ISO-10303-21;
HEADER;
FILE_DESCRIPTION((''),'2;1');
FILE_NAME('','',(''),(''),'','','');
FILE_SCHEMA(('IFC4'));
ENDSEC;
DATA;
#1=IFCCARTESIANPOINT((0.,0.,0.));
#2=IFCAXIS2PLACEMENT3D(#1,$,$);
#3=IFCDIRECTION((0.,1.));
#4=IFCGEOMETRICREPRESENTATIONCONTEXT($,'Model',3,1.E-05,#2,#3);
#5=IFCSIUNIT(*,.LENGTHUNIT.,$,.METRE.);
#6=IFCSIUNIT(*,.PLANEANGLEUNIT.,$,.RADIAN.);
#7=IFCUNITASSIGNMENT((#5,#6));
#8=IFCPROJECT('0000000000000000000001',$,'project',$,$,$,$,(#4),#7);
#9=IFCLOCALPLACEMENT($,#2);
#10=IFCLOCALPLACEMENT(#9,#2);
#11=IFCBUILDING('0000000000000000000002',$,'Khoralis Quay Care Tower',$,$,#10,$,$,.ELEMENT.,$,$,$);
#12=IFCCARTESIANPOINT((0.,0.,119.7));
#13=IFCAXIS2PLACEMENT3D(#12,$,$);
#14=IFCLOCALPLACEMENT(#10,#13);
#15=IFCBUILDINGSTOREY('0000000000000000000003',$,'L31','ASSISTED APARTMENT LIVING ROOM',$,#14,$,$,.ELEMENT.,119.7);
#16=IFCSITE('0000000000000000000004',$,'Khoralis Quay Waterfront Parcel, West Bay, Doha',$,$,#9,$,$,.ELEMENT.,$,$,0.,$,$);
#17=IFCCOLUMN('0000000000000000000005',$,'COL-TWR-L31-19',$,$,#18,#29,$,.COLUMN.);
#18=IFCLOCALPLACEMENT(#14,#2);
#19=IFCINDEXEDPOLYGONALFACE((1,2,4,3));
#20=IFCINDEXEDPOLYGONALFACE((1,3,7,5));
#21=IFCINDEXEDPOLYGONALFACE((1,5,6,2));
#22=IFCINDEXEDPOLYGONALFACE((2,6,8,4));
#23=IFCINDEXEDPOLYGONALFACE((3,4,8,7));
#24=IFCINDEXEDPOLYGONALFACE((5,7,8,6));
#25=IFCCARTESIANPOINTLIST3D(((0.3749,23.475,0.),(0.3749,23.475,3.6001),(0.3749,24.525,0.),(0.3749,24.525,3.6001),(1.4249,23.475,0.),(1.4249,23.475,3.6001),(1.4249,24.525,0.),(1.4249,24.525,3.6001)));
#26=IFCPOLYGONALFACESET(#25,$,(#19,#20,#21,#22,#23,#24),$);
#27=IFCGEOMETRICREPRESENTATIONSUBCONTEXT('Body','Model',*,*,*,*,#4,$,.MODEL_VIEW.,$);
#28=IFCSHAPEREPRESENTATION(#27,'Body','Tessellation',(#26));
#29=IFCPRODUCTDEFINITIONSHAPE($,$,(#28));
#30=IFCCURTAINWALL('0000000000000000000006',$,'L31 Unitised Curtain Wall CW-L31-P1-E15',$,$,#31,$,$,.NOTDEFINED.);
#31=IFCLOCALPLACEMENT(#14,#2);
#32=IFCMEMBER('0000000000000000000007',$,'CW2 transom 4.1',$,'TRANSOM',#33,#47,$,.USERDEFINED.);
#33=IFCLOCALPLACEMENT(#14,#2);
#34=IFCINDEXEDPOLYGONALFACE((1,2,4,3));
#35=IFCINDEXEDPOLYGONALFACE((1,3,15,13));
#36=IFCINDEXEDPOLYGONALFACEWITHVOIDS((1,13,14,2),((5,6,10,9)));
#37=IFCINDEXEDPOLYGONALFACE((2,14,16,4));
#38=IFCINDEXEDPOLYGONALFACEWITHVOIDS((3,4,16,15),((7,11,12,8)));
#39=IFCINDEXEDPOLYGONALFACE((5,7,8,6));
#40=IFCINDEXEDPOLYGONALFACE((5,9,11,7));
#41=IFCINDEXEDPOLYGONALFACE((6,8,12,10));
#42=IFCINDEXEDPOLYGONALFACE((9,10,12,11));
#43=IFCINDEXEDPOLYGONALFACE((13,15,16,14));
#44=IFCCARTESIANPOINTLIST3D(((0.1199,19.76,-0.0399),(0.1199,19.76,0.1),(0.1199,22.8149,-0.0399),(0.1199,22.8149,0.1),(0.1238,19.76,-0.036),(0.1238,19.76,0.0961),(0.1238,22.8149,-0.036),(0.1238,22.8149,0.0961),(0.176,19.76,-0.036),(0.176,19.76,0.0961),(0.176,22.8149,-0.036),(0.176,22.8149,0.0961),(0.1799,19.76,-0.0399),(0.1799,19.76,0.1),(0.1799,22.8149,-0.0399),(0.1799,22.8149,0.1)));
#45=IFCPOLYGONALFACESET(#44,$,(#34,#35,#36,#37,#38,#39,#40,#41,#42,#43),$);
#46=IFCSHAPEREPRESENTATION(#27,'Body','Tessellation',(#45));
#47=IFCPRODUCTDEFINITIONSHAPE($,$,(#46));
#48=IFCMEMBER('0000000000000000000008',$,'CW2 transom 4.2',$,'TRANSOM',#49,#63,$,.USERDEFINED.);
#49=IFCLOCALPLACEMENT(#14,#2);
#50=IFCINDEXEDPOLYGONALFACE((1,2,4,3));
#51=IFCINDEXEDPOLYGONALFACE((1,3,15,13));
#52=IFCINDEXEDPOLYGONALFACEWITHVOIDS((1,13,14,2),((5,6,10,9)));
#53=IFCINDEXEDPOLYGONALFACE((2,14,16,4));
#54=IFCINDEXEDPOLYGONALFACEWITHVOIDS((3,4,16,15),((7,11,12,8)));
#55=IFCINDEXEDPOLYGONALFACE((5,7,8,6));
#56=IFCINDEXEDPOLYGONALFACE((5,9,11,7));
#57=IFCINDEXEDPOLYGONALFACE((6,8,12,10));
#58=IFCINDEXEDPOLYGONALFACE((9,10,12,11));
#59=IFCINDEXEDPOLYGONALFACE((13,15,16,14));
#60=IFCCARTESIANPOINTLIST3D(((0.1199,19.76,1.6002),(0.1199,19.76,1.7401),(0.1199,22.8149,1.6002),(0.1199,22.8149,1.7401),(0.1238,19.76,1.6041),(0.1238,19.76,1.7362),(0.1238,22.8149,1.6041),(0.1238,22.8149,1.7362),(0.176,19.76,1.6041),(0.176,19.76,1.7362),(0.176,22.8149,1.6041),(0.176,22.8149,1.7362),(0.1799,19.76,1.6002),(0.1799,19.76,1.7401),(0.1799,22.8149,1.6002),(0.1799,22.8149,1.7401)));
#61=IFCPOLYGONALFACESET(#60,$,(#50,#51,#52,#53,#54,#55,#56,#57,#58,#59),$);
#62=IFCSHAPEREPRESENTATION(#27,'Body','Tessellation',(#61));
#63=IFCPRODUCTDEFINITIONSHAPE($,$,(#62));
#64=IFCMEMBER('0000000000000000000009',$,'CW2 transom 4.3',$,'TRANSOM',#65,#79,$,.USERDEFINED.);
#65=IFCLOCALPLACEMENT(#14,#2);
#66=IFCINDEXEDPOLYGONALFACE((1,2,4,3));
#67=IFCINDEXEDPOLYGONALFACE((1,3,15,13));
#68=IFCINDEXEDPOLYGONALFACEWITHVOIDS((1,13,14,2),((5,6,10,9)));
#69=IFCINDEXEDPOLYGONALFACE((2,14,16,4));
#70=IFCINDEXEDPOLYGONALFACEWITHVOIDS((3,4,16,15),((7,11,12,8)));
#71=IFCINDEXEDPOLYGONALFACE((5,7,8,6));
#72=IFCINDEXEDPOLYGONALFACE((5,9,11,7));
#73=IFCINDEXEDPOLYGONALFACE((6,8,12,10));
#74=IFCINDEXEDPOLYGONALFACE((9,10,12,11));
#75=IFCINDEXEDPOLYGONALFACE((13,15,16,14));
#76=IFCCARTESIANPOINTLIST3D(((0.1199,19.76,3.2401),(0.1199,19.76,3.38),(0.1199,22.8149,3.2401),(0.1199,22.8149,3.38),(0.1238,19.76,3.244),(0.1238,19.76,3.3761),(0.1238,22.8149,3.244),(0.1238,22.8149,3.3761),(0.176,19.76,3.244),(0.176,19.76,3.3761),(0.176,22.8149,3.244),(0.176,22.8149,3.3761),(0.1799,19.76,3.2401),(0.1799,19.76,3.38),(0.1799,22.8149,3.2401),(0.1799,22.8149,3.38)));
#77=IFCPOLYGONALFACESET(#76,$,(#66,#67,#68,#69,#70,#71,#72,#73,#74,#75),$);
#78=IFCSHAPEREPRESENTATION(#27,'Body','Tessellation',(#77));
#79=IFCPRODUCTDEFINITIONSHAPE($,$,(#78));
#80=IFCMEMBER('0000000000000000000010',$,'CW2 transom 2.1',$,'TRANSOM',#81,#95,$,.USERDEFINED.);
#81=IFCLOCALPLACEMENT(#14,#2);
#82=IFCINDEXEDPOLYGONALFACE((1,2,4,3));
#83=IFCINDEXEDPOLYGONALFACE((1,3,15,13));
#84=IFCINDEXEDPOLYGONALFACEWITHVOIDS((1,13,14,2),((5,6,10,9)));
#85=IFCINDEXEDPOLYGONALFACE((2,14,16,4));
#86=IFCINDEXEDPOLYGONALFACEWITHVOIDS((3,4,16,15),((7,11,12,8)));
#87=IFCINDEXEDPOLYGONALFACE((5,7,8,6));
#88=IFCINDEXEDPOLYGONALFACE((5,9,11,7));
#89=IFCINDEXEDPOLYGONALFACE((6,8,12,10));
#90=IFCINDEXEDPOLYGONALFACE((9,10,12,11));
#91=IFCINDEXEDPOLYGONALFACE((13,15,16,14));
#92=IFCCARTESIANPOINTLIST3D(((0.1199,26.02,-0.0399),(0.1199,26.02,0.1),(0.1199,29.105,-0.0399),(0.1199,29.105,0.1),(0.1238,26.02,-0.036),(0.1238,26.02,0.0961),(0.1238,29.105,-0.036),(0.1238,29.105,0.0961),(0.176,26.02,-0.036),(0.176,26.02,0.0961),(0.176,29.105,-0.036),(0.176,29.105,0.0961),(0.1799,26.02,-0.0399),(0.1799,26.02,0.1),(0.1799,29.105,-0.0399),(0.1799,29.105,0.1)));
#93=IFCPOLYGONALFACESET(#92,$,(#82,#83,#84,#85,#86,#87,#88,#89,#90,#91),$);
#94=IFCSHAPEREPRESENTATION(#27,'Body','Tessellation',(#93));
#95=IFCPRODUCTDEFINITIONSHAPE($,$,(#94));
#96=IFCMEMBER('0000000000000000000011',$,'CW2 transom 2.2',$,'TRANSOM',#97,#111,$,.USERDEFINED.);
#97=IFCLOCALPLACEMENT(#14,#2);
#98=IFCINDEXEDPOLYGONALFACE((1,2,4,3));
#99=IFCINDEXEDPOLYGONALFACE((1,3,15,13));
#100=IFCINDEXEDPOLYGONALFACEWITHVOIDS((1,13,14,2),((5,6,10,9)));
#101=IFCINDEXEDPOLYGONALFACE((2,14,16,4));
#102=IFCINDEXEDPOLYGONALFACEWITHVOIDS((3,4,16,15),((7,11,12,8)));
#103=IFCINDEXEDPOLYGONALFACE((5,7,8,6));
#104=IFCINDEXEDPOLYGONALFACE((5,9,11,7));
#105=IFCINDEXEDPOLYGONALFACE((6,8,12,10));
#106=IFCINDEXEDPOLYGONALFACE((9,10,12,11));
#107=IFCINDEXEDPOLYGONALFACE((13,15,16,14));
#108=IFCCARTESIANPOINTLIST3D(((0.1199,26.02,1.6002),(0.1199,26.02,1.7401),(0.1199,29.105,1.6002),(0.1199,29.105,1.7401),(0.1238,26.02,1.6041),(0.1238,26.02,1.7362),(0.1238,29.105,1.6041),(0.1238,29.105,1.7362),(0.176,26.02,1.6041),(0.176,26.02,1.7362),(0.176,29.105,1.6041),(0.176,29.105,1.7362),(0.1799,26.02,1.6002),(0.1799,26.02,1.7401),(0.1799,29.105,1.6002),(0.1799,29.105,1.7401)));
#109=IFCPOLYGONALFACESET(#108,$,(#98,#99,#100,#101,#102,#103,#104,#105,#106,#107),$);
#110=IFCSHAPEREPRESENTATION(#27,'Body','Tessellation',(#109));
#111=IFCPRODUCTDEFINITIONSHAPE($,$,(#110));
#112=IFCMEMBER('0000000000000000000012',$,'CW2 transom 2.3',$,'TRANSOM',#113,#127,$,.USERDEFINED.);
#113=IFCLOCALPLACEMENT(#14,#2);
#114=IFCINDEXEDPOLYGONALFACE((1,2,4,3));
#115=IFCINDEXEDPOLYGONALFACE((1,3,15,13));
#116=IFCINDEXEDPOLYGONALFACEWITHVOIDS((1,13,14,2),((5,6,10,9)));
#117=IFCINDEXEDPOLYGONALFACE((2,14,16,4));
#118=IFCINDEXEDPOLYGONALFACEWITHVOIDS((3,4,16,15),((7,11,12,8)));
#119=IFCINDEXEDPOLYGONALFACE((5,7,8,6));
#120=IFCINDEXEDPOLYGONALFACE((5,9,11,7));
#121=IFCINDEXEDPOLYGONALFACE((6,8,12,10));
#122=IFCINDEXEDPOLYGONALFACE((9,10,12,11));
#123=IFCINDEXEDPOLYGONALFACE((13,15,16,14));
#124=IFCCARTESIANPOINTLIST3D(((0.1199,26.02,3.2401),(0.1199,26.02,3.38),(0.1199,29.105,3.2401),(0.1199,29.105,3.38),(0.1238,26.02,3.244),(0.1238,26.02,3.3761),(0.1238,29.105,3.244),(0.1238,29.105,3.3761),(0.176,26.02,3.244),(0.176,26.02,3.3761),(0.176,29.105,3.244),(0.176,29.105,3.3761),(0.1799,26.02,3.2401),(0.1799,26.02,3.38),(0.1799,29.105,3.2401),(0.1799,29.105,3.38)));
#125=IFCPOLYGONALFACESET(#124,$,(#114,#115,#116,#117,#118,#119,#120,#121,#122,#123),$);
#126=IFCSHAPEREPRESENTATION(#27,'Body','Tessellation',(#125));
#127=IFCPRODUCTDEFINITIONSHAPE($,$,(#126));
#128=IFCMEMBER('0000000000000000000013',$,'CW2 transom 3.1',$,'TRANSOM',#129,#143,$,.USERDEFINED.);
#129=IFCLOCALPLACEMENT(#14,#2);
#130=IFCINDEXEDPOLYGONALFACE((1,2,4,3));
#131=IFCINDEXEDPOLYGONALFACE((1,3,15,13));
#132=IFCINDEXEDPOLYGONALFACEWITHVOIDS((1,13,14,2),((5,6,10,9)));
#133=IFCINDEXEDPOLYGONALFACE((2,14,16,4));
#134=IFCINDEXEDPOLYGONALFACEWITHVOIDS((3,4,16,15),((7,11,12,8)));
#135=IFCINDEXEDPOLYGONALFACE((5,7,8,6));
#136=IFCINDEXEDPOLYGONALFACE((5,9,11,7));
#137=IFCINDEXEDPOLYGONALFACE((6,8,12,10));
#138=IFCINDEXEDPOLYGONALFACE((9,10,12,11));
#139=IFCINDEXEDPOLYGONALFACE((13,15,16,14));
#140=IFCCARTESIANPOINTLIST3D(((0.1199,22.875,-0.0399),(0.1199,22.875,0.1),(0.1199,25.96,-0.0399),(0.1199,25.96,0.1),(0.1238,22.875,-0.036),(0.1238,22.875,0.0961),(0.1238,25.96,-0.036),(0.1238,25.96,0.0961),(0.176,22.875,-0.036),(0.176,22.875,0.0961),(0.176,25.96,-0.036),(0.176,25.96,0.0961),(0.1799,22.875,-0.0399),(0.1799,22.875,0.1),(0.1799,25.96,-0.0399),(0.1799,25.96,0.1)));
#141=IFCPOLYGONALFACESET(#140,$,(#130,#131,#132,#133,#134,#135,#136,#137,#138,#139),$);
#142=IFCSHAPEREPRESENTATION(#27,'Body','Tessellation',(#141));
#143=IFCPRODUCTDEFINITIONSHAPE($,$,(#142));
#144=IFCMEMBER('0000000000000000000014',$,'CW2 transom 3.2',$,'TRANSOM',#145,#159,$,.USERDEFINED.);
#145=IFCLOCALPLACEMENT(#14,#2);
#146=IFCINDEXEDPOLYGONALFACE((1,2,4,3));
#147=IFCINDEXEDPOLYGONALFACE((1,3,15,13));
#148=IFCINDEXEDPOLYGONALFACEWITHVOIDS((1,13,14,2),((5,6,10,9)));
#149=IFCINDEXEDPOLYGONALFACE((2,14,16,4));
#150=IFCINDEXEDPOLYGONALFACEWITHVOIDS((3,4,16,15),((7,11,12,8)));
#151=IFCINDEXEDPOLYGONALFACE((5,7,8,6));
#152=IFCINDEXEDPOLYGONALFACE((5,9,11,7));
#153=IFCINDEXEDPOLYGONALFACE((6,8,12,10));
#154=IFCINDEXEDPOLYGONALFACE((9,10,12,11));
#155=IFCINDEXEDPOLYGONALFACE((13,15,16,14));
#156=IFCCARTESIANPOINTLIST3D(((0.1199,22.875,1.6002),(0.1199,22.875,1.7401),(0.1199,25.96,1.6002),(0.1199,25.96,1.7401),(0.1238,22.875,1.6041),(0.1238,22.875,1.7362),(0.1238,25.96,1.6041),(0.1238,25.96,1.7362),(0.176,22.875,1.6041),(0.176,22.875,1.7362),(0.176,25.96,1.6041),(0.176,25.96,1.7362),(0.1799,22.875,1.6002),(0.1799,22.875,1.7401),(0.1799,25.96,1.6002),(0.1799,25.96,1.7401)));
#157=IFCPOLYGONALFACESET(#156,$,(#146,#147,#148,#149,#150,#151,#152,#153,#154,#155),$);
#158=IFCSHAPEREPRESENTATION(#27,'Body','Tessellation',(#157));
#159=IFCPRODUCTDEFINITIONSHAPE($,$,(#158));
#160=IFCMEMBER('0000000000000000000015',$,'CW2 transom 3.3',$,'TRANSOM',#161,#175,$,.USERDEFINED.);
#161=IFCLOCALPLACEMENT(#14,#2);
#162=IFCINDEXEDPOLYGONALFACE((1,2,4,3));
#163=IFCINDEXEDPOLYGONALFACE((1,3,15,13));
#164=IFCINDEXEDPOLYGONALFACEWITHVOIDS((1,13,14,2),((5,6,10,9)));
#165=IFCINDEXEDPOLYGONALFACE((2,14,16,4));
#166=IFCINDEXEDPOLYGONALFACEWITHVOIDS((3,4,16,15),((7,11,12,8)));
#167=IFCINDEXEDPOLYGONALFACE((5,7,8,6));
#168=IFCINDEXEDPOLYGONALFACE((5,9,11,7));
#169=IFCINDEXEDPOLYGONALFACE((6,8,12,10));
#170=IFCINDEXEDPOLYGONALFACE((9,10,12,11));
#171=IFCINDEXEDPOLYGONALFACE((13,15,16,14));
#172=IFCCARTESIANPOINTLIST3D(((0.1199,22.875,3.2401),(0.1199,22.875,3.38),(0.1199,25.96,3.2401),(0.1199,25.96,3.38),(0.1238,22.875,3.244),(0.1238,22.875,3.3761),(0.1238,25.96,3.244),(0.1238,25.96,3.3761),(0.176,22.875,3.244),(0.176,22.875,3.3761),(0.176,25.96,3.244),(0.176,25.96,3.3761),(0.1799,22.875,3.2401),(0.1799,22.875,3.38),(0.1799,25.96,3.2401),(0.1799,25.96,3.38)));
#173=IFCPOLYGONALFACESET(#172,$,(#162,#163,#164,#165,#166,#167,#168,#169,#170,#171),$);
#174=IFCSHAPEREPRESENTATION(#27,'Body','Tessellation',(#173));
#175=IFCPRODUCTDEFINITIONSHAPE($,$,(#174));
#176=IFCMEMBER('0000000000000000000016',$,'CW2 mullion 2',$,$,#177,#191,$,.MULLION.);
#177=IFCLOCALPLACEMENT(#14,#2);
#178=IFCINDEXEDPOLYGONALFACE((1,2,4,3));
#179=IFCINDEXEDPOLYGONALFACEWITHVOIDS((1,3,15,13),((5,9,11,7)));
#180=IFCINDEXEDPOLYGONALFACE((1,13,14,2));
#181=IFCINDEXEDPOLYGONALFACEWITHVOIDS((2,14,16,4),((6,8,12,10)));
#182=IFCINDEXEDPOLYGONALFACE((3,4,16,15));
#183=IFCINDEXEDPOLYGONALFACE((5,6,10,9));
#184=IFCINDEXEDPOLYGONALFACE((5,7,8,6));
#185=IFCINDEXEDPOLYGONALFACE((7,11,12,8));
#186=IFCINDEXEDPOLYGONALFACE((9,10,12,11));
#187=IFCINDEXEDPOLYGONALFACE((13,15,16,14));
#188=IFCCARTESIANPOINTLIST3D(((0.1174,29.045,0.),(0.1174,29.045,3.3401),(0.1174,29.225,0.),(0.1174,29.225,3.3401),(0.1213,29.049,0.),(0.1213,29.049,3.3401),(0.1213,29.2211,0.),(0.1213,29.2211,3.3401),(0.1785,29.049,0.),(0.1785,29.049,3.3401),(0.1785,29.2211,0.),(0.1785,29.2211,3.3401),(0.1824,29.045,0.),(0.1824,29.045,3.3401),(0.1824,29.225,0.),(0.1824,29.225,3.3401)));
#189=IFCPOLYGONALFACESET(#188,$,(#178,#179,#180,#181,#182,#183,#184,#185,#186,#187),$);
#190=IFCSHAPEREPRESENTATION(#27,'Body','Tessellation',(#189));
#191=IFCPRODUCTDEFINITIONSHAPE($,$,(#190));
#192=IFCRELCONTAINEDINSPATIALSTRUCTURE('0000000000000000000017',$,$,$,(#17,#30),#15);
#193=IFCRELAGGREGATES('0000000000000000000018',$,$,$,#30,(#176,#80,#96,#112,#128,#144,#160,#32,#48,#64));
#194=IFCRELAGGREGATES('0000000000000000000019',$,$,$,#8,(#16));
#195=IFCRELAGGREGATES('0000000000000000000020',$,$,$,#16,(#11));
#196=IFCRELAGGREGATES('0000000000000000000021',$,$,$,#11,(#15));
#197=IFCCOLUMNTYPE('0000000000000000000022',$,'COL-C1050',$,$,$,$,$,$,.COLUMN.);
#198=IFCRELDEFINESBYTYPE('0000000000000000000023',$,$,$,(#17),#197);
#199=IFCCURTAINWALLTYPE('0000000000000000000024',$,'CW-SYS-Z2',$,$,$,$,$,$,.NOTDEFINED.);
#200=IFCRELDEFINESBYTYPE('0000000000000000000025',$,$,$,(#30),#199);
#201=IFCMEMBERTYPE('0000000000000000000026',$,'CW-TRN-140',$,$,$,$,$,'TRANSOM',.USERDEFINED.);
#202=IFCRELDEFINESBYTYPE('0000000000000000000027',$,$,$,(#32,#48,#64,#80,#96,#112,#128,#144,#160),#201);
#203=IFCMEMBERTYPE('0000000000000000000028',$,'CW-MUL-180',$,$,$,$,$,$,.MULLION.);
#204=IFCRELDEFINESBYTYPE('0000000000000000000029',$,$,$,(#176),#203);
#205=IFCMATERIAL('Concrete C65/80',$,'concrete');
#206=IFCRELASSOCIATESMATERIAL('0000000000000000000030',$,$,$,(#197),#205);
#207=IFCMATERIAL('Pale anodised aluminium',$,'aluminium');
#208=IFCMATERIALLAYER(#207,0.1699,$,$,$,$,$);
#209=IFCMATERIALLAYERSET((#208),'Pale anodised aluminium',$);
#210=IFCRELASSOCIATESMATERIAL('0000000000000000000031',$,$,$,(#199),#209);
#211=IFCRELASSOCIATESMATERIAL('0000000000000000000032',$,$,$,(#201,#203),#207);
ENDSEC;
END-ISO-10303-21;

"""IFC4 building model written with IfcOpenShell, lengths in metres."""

from ifc_helpers import new_model, si_unit, direction, frame, origin, origin_2d, place, context, subcontext, project, spatial, rectangle, hollow_rectangle, extrude, source, transform, mapped, material, layer, layer_set, material_profile, profile_set, type_object, element, aggregate, save


model = new_model("IFC4")

# Units and contexts
model_context = context("Model", 3, precision=1e-05, world=origin(), true_north=direction((0.0, 1.0)))
body_context = subcontext(model_context, "Body", "Model", "MODEL_VIEW")
ifc_project = project(units=[si_unit("LENGTHUNIT", "METRE"), si_unit("PLANEANGLEUNIT", "RADIAN")], contexts=[model_context])

# Site, building, storey
site_placement = place(None, origin())
site = spatial("IfcSite", under=ifc_project, at=site_placement, Name="Khoralis Quay Waterfront Parcel, West Bay, Doha", CompositionType="ELEMENT", RefElevation=0.0)
building_placement = place(site_placement, origin())
building = spatial("IfcBuilding", under=site, at=building_placement, Name="Khoralis Quay Care Tower", CompositionType="ELEMENT")
storey_placement = place(building_placement, frame((0.0, 0.0, 119.7)))
storey = spatial("IfcBuildingStorey", under=building, at=storey_placement, Name="L31", Description="ASSISTED APARTMENT LIVING ROOM", CompositionType="ELEMENT", Elevation=119.7)

# Column
ifc_material_1 = material(Name="Concrete C65/80", Category="concrete")
ifc_material_profile_1 = material_profile(ifc_material_1, rectangle(XDim=1.05, YDim=1.05, at=origin_2d()), Name="Concrete C65/80")
ifc_profile_set_1 = profile_set([ifc_material_profile_1], Name="Concrete C65/80")
column_type = type_object("IfcColumnType", Name="COL-C1050", PredefinedType="COLUMN", material=ifc_profile_set_1)
shared_shape_1 = source(origin(), body_context, "Body", "SweptSolid", [
    extrude(rectangle(XDim=1.05, YDim=1.05, at=origin_2d()), origin(), (0.0, 0.0, 1.0), 3.6001),
])
column_placement = place(storey_placement, frame((0.8999, 24.0, 0.0), z_axis=(0.0, 0.0, 1.0), x_axis=(1.0, 0.0, 0.0)))
element("IfcColumn", 1, at=column_placement, inside=storey, type_object=column_type, Name="COL-TWR-L31-19", PredefinedType="COLUMN", context=body_context, shape_type="MappedRepresentation", body=[
    mapped(shared_shape_1, transform((0.0, 0.0, 0.0), scale=1.0)),
])

# Curtain wall, members
ifc_material_2 = material(Name="Pale anodised aluminium", Category="aluminium")
ifc_layer_1 = layer(ifc_material_2, 0.1699)
ifc_layer_set_1 = layer_set([ifc_layer_1], Name="Pale anodised aluminium")
curtain_wall_type = type_object("IfcCurtainWallType", Name="CW-SYS-Z2", PredefinedType="NOTDEFINED", material=ifc_layer_set_1)
curtain_wall_placement = place(storey_placement, origin())
curtain_wall = element("IfcCurtainWall", 2, at=curtain_wall_placement, inside=storey, type_object=curtain_wall_type, Name="L31 Unitised Curtain Wall CW-L31-P1-E15", PredefinedType="NOTDEFINED")
ifc_material_profile_2 = material_profile(ifc_material_2, hollow_rectangle(XDim=0.0601, YDim=0.1399, WallThickness=0.0039, at=origin_2d()), Name="Pale anodised aluminium")
ifc_profile_set_2 = profile_set([ifc_material_profile_2], Name="Pale anodised aluminium")
member_type_1 = type_object("IfcMemberType", Name="CW-TRN-140", ElementType="TRANSOM", PredefinedType="USERDEFINED", material=ifc_profile_set_2)
shared_shape_2 = source(origin(), body_context, "Body", "SweptSolid", [
    extrude(hollow_rectangle(XDim=0.0601, YDim=0.1399, WallThickness=0.0039, at=origin_2d()), origin(), (0.0, 0.0, 1.0), 3.0549),
])
member_1_placement = place(storey_placement, frame((0.1499, 22.8149, 0.03), z_axis=(0.0, -1.0, 0.0), x_axis=(1.0, 0.0, 0.0)))
member_1 = element("IfcMember", 3, at=member_1_placement, type_object=member_type_1, Name="CW2 transom 4.1", ObjectType="TRANSOM", PredefinedType="USERDEFINED", context=body_context, shape_type="MappedRepresentation", body=[
    mapped(shared_shape_2, transform((0.0, 0.0, 0.0), scale=1.0)),
])
member_2_placement = place(storey_placement, frame((0.1499, 22.8149, 1.6702), z_axis=(0.0, -1.0, 0.0), x_axis=(1.0, 0.0, 0.0)))
member_2 = element("IfcMember", 4, at=member_2_placement, type_object=member_type_1, Name="CW2 transom 4.2", ObjectType="TRANSOM", PredefinedType="USERDEFINED", context=body_context, shape_type="MappedRepresentation", body=[
    mapped(shared_shape_2, transform((0.0, 0.0, 0.0), scale=1.0)),
])
member_3_placement = place(storey_placement, frame((0.1499, 22.8149, 3.3101), z_axis=(0.0, -1.0, 0.0), x_axis=(1.0, 0.0, 0.0)))
member_3 = element("IfcMember", 5, at=member_3_placement, type_object=member_type_1, Name="CW2 transom 4.3", ObjectType="TRANSOM", PredefinedType="USERDEFINED", context=body_context, shape_type="MappedRepresentation", body=[
    mapped(shared_shape_2, transform((0.0, 0.0, 0.0), scale=1.0)),
])
shared_shape_3 = source(origin(), body_context, "Body", "SweptSolid", [
    extrude(hollow_rectangle(XDim=0.0601, YDim=0.1399, WallThickness=0.0039, at=origin_2d()), origin(), (0.0, 0.0, 1.0), 3.085),
])
member_4_placement = place(storey_placement, frame((0.1499, 29.105, 0.03), z_axis=(0.0, -1.0, 0.0), x_axis=(1.0, 0.0, 0.0)))
member_4 = element("IfcMember", 6, at=member_4_placement, type_object=member_type_1, Name="CW2 transom 2.1", ObjectType="TRANSOM", PredefinedType="USERDEFINED", context=body_context, shape_type="MappedRepresentation", body=[
    mapped(shared_shape_3, transform((0.0, 0.0, 0.0), scale=1.0)),
])
member_5_placement = place(storey_placement, frame((0.1499, 29.105, 1.6702), z_axis=(0.0, -1.0, 0.0), x_axis=(1.0, 0.0, 0.0)))
member_5 = element("IfcMember", 7, at=member_5_placement, type_object=member_type_1, Name="CW2 transom 2.2", ObjectType="TRANSOM", PredefinedType="USERDEFINED", context=body_context, shape_type="MappedRepresentation", body=[
    mapped(shared_shape_3, transform((0.0, 0.0, 0.0), scale=1.0)),
])
member_6_placement = place(storey_placement, frame((0.1499, 29.105, 3.3101), z_axis=(0.0, -1.0, 0.0), x_axis=(1.0, 0.0, 0.0)))
member_6 = element("IfcMember", 8, at=member_6_placement, type_object=member_type_1, Name="CW2 transom 2.3", ObjectType="TRANSOM", PredefinedType="USERDEFINED", context=body_context, shape_type="MappedRepresentation", body=[
    mapped(shared_shape_3, transform((0.0, 0.0, 0.0), scale=1.0)),
])
member_7_placement = place(storey_placement, frame((0.1499, 25.96, 0.03), z_axis=(0.0, -1.0, 0.0), x_axis=(1.0, 0.0, 0.0)))
member_7 = element("IfcMember", 9, at=member_7_placement, type_object=member_type_1, Name="CW2 transom 3.1", ObjectType="TRANSOM", PredefinedType="USERDEFINED", context=body_context, shape_type="MappedRepresentation", body=[
    mapped(shared_shape_3, transform((0.0, 0.0, 0.0), scale=1.0)),
])
member_8_placement = place(storey_placement, frame((0.1499, 25.96, 1.6702), z_axis=(0.0, -1.0, 0.0), x_axis=(1.0, 0.0, 0.0)))
member_8 = element("IfcMember", 10, at=member_8_placement, type_object=member_type_1, Name="CW2 transom 3.2", ObjectType="TRANSOM", PredefinedType="USERDEFINED", context=body_context, shape_type="MappedRepresentation", body=[
    mapped(shared_shape_3, transform((0.0, 0.0, 0.0), scale=1.0)),
])
member_9_placement = place(storey_placement, frame((0.1499, 25.96, 3.3101), z_axis=(0.0, -1.0, 0.0), x_axis=(1.0, 0.0, 0.0)))
member_9 = element("IfcMember", 11, at=member_9_placement, type_object=member_type_1, Name="CW2 transom 3.3", ObjectType="TRANSOM", PredefinedType="USERDEFINED", context=body_context, shape_type="MappedRepresentation", body=[
    mapped(shared_shape_3, transform((0.0, 0.0, 0.0), scale=1.0)),
])
ifc_material_profile_3 = material_profile(ifc_material_2, hollow_rectangle(XDim=0.0649, YDim=0.1799, WallThickness=0.0039, at=origin_2d()), Name="Pale anodised aluminium")
ifc_profile_set_3 = profile_set([ifc_material_profile_3], Name="Pale anodised aluminium")
member_type_2 = type_object("IfcMemberType", Name="CW-MUL-180", PredefinedType="MULLION", material=ifc_profile_set_3)
shared_shape_4 = source(origin(), body_context, "Body", "SweptSolid", [
    extrude(hollow_rectangle(XDim=0.0649, YDim=0.1799, WallThickness=0.0039, at=origin_2d()), origin(), (0.0, 0.0, 1.0), 3.3401),
])
member_10_placement = place(storey_placement, frame((0.1499, 29.135, 0.0), z_axis=(0.0, 0.0, 1.0), x_axis=(1.0, 0.0, 0.0)))
member_10 = element("IfcMember", 12, at=member_10_placement, type_object=member_type_2, Name="CW2 mullion 2", PredefinedType="MULLION", context=body_context, shape_type="MappedRepresentation", body=[
    mapped(shared_shape_4, transform((0.0, 0.0, 0.0), scale=1.0)),
])
aggregate(curtain_wall, [member_10, member_4, member_5, member_6, member_7, member_8, member_9, member_1, member_2, member_3])

save(model, "model.ifc")
